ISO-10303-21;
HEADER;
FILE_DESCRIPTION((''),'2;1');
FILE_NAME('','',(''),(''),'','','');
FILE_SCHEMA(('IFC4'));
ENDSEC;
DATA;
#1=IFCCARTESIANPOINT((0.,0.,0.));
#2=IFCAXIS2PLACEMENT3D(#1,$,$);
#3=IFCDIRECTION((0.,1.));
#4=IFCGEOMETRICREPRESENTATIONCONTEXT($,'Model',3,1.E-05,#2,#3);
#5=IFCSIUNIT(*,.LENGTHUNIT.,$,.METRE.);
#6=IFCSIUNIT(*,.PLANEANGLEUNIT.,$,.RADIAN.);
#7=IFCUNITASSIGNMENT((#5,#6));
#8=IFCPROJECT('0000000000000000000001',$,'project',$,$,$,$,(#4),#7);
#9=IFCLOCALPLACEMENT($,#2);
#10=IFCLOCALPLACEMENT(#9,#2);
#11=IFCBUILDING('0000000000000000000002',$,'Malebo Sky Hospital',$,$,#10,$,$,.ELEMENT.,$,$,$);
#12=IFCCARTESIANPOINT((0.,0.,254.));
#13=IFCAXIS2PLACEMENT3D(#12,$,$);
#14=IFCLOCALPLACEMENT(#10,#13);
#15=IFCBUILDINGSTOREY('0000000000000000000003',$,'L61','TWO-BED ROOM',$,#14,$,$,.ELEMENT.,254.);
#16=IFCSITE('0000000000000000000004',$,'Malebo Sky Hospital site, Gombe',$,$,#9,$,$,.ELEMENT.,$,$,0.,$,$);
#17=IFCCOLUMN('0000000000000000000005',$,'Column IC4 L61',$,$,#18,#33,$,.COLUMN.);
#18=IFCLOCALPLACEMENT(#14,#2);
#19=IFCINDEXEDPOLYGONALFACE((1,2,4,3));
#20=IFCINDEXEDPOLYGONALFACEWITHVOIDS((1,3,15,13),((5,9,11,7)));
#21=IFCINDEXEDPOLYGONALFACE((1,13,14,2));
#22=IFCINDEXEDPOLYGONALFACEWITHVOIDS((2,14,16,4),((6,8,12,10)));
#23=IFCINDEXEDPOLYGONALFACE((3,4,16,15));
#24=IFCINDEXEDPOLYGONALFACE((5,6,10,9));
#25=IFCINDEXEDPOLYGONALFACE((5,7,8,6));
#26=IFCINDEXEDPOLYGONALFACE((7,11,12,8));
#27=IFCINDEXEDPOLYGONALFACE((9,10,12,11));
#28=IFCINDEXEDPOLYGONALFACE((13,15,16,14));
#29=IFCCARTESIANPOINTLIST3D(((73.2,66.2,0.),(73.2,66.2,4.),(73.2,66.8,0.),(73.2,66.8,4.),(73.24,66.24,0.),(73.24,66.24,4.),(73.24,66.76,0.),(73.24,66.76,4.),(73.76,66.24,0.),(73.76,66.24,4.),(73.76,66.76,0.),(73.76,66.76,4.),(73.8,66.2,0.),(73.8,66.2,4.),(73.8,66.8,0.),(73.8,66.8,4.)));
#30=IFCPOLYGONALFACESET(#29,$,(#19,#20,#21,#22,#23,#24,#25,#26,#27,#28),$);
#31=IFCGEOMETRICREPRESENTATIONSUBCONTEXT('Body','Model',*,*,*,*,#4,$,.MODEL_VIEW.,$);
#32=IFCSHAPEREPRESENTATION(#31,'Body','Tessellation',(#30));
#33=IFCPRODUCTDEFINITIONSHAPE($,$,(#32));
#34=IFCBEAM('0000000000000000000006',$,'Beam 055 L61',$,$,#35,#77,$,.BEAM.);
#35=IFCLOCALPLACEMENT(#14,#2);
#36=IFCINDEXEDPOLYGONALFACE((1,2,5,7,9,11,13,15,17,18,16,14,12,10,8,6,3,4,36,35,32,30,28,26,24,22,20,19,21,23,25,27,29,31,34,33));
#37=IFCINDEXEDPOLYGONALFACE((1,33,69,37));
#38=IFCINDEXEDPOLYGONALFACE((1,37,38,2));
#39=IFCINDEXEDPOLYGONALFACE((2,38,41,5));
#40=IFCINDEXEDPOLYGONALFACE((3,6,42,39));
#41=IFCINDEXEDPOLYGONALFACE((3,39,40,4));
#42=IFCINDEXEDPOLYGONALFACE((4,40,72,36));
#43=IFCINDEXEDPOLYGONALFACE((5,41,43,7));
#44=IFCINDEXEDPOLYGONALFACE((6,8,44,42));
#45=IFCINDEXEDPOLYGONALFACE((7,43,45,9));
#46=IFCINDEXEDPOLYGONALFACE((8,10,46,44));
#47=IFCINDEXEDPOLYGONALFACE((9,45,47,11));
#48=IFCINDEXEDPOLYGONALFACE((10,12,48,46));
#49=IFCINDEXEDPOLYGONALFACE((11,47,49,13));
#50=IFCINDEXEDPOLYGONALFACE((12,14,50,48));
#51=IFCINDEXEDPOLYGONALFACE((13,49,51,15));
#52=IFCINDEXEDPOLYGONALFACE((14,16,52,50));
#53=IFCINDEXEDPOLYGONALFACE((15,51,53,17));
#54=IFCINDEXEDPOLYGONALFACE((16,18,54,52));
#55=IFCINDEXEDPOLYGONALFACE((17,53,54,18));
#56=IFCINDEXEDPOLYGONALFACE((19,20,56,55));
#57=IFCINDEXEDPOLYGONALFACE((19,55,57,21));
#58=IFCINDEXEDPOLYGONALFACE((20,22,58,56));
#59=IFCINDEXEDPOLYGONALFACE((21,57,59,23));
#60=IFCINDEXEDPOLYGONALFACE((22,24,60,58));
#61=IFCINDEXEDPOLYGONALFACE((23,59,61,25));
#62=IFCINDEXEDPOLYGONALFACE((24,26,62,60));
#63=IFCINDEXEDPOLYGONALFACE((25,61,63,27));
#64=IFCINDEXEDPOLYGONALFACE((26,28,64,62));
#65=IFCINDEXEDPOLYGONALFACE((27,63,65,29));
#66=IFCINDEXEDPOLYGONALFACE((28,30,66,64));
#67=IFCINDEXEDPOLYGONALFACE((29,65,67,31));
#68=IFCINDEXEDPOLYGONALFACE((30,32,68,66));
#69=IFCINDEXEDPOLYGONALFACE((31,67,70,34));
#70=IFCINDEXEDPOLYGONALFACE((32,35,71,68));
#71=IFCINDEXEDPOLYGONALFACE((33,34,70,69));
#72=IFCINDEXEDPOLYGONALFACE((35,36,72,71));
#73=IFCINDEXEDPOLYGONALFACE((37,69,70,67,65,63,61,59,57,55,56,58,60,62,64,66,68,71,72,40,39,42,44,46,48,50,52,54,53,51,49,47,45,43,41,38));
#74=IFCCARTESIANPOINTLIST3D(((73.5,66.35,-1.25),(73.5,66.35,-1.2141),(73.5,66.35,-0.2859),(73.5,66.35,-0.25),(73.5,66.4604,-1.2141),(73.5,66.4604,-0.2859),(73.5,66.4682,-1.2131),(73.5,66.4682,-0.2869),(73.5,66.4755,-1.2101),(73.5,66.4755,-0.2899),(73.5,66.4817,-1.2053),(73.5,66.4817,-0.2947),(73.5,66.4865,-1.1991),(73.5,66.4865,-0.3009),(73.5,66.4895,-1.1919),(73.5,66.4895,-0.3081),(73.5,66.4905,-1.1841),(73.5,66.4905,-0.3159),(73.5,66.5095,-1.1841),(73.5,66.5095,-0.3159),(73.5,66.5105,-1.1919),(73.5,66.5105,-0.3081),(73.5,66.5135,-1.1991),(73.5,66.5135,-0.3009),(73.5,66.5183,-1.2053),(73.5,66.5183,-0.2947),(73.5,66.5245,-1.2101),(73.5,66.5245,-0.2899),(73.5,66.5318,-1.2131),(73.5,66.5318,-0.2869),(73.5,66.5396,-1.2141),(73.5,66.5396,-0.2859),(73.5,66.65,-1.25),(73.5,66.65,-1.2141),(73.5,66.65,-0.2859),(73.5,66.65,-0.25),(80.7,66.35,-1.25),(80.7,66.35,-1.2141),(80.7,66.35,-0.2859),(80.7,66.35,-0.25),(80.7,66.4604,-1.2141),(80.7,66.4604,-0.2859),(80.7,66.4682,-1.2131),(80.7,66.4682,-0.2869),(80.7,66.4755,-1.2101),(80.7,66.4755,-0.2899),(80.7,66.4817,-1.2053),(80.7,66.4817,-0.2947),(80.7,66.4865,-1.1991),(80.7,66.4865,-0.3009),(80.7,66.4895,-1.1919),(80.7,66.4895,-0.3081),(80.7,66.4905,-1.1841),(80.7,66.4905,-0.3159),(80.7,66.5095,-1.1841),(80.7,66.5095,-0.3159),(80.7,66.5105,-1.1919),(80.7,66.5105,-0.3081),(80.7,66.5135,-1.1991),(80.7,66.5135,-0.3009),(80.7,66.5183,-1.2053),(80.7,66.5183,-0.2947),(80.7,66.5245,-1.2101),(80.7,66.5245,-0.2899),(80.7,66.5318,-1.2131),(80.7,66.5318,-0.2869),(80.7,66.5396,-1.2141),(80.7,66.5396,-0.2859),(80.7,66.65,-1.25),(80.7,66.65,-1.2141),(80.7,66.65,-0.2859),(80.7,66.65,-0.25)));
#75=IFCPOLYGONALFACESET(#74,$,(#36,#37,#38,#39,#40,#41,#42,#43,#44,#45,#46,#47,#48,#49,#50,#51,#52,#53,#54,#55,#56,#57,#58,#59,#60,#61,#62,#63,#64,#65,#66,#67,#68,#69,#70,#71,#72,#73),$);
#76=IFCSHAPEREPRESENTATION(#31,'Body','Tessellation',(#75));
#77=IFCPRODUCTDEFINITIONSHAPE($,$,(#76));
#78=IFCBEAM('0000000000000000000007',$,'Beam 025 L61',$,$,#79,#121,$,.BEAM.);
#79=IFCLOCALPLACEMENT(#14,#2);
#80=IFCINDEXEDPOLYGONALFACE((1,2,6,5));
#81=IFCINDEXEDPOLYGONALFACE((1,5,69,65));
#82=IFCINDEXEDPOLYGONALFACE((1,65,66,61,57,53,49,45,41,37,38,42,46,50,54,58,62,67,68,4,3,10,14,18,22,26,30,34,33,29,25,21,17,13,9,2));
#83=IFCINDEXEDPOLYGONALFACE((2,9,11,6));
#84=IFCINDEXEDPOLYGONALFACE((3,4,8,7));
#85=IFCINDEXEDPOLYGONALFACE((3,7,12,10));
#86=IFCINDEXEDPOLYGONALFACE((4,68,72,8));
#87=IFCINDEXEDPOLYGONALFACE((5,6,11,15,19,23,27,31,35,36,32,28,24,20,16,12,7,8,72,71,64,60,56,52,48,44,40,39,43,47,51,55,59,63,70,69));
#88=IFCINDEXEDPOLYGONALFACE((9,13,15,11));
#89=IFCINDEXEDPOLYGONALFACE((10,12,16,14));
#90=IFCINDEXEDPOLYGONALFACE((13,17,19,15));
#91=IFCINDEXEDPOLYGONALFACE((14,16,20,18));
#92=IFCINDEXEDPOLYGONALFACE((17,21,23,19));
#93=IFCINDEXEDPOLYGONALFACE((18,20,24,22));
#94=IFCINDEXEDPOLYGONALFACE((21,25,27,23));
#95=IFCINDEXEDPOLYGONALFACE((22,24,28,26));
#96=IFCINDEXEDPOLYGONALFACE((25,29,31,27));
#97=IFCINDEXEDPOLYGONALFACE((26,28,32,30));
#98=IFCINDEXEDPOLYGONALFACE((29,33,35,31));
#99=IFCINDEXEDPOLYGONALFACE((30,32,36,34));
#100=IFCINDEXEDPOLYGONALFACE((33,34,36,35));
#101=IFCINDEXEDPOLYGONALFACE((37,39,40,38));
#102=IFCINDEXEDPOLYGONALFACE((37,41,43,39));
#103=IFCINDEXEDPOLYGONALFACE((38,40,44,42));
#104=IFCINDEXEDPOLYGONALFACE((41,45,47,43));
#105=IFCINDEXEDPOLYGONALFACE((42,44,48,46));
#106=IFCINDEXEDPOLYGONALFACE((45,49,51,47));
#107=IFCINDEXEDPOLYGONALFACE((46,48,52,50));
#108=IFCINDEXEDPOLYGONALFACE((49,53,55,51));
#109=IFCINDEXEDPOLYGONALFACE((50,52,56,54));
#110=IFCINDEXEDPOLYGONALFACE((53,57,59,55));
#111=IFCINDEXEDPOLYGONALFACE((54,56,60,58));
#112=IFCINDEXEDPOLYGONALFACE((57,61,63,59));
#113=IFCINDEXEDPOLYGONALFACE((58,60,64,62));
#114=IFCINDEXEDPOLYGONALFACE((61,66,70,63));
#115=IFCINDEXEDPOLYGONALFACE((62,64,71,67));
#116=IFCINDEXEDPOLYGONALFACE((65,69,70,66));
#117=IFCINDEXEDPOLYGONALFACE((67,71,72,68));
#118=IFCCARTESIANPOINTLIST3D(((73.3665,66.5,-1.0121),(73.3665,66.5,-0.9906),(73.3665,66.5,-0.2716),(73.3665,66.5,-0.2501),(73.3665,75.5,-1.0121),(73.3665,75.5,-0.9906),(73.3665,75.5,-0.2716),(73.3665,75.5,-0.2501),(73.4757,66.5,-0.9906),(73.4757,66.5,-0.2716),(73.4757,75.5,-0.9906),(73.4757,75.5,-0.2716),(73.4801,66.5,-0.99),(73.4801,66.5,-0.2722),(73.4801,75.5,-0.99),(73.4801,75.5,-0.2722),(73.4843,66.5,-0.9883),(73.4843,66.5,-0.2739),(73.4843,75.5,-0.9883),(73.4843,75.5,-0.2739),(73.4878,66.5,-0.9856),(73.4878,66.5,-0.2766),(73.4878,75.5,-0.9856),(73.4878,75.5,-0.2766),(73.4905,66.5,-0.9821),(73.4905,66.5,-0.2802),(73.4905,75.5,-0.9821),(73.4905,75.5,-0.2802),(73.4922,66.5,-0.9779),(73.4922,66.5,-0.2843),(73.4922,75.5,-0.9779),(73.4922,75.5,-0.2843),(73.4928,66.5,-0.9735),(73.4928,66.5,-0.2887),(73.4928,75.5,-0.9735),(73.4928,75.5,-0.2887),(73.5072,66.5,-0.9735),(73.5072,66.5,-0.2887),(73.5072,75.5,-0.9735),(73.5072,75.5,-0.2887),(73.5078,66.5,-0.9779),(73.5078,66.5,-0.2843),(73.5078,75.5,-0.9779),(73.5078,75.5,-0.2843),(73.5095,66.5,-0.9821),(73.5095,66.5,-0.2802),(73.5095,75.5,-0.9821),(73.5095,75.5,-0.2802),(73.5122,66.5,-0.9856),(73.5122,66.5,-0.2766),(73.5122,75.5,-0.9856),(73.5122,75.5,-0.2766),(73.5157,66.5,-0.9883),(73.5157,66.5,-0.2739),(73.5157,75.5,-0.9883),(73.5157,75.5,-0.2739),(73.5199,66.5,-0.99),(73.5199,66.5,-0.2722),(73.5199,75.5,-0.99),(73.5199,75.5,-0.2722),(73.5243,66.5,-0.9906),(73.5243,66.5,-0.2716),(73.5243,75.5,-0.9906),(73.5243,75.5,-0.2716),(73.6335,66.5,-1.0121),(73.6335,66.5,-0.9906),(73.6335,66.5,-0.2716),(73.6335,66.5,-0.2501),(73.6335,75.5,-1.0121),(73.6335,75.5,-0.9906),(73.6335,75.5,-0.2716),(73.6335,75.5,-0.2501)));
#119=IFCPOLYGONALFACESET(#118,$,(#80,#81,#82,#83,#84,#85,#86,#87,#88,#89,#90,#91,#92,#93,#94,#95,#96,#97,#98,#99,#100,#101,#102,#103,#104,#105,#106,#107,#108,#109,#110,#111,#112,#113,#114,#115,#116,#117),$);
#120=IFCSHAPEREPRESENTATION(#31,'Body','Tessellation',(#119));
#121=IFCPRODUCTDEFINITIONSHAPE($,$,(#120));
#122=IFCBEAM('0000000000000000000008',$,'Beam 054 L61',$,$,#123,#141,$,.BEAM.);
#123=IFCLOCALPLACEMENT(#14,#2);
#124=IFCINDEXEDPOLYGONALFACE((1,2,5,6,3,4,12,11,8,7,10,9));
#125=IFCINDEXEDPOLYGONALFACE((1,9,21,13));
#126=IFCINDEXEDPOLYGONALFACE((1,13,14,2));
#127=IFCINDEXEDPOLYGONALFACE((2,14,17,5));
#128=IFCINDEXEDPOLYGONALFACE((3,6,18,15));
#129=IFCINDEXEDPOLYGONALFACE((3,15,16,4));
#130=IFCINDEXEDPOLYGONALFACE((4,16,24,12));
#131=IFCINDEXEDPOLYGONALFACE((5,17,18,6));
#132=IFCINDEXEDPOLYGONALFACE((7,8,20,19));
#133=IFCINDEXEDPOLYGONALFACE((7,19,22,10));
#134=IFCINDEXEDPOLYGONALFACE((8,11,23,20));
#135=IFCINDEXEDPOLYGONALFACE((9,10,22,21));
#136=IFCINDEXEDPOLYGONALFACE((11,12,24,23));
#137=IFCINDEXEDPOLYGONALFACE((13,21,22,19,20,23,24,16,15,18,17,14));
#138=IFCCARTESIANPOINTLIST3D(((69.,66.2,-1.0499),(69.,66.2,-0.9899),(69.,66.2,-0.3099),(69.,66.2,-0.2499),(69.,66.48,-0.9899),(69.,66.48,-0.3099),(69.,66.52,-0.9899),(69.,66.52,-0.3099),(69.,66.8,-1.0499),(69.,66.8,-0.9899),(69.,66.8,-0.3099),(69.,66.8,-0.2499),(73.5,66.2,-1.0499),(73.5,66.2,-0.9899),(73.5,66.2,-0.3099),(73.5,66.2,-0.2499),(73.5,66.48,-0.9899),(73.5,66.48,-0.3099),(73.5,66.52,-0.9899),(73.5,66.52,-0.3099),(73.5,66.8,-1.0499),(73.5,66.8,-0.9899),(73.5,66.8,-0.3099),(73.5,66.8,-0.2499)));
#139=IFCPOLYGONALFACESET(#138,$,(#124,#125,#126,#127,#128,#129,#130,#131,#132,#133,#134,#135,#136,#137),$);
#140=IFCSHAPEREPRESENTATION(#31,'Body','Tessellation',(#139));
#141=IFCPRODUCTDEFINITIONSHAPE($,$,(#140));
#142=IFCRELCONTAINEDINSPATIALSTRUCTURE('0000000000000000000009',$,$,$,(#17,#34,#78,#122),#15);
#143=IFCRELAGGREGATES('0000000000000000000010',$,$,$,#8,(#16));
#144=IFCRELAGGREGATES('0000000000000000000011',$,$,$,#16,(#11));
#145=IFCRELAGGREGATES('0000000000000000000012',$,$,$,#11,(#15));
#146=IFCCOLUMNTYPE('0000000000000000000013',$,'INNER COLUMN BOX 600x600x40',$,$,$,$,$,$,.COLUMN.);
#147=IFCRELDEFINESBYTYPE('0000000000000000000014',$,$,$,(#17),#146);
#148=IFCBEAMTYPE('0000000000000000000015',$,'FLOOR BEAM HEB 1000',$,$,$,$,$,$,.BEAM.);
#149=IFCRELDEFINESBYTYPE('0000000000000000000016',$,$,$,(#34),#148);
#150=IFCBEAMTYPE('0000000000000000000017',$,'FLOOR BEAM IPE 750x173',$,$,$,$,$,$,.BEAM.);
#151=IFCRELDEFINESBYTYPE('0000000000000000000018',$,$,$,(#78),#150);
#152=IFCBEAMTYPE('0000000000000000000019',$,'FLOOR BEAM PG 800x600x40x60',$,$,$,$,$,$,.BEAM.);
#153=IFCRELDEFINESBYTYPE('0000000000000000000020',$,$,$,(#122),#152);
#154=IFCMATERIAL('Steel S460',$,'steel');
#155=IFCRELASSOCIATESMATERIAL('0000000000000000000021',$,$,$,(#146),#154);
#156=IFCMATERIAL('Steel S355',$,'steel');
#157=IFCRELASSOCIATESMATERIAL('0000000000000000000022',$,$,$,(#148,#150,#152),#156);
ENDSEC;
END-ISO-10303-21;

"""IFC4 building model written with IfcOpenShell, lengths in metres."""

from ifc_helpers import new_model, si_unit, direction, frame, origin, origin_2d, place, context, subcontext, project, spatial, hollow_rectangle, i_section, extrude, material, material_profile, profile_set, type_object, element, save


model = new_model("IFC4")

# Units and contexts
model_context = context("Model", 3, precision=1e-05, world=origin(), true_north=direction((0.0, 1.0)))
body_context = subcontext(model_context, "Body", "Model", "MODEL_VIEW")
ifc_project = project(units=[si_unit("LENGTHUNIT", "METRE"), si_unit("PLANEANGLEUNIT", "RADIAN")], contexts=[model_context])

# Site, building, storey
site_placement = place(None, origin())
site = spatial("IfcSite", under=ifc_project, at=site_placement, Name="Malebo Sky Hospital site, Gombe", CompositionType="ELEMENT", RefElevation=0.0)
building_placement = place(site_placement, origin())
building = spatial("IfcBuilding", under=site, at=building_placement, Name="Malebo Sky Hospital", CompositionType="ELEMENT")
storey_placement = place(building_placement, frame((0.0, 0.0, 254.0)))
storey = spatial("IfcBuildingStorey", under=building, at=storey_placement, Name="L61", Description="TWO-BED ROOM", CompositionType="ELEMENT", Elevation=254.0)

# Column
ifc_material_1 = material(Name="Steel S460", Category="steel")
ifc_material_profile_1 = material_profile(ifc_material_1, hollow_rectangle(XDim=0.6001, YDim=0.6001, WallThickness=0.04, at=origin_2d()), Name="BOX 600x600x40")
ifc_profile_set_1 = profile_set([ifc_material_profile_1], Name="Steel S460")
column_type = type_object("IfcColumnType", Name="INNER COLUMN BOX 600x600x40", PredefinedType="COLUMN", material=ifc_profile_set_1)
column_placement = place(storey_placement, frame((73.5, 66.5, 0.0), z_axis=(0.0, 0.0, 1.0), x_axis=(1.0, 0.0, 0.0)))
element("IfcColumn", 1, at=column_placement, inside=storey, type_object=column_type, Name="Column IC4 L61", PredefinedType="COLUMN", context=body_context, shape_type="SweptSolid", body=[
    extrude(hollow_rectangle(XDim=0.6001, YDim=0.6001, WallThickness=0.04, at=origin_2d()), origin(), (0.0, 0.0, 1.0), 4.0),
])

# Beams
ifc_material_2 = material(Name="Steel S355", Category="steel")
ifc_material_profile_2 = material_profile(ifc_material_2, i_section(OverallWidth=0.3, OverallDepth=1.0, WebThickness=0.019, FlangeThickness=0.0359, FilletRadius=0.03, at=origin_2d()), Name="HEB 1000")
ifc_profile_set_2 = profile_set([ifc_material_profile_2], Name="Steel S355")
beam_type_1 = type_object("IfcBeamType", Name="FLOOR BEAM HEB 1000", PredefinedType="BEAM", material=ifc_profile_set_2)
beam_1_placement = place(storey_placement, frame((73.5, 66.5, -0.75), z_axis=(1.0, 0.0, 0.0), x_axis=(0.0, 1.0, 0.0)))
element("IfcBeam", 2, at=beam_1_placement, inside=storey, type_object=beam_type_1, Name="Beam 055 L61", PredefinedType="BEAM", context=body_context, shape_type="SweptSolid", body=[
    extrude(i_section(OverallWidth=0.3, OverallDepth=1.0, WebThickness=0.019, FlangeThickness=0.0359, FilletRadius=0.03, at=origin_2d()), origin(), (0.0, 0.0, 1.0), 7.2),
])
ifc_material_profile_3 = material_profile(ifc_material_2, i_section(OverallWidth=0.2671, OverallDepth=0.762, WebThickness=0.0144, FlangeThickness=0.0215, FilletRadius=0.0171, at=origin_2d()), Name="IPE 750x173")
ifc_profile_set_3 = profile_set([ifc_material_profile_3], Name="Steel S355")
beam_type_2 = type_object("IfcBeamType", Name="FLOOR BEAM IPE 750x173", PredefinedType="BEAM", material=ifc_profile_set_3)
beam_2_placement = place(storey_placement, frame((73.5, 66.5, -0.6311), z_axis=(0.0, 1.0, 0.0), x_axis=(-1.0, 0.0, 0.0)))
element("IfcBeam", 3, at=beam_2_placement, inside=storey, type_object=beam_type_2, Name="Beam 025 L61", PredefinedType="BEAM", context=body_context, shape_type="SweptSolid", body=[
    extrude(i_section(OverallWidth=0.2671, OverallDepth=0.762, WebThickness=0.0144, FlangeThickness=0.0215, FilletRadius=0.0171, at=origin_2d()), origin(), (0.0, 0.0, 1.0), 9.0),
])
ifc_material_profile_4 = material_profile(ifc_material_2, i_section(OverallWidth=0.6001, OverallDepth=0.8, WebThickness=0.04, FlangeThickness=0.0601, at=origin_2d()), Name="PG 800x600x40x60")
ifc_profile_set_4 = profile_set([ifc_material_profile_4], Name="Steel S355")
beam_type_3 = type_object("IfcBeamType", Name="FLOOR BEAM PG 800x600x40x60", PredefinedType="BEAM", material=ifc_profile_set_4)
beam_3_placement = place(storey_placement, frame((69.0, 66.5, -0.6499), z_axis=(1.0, 0.0, 0.0), x_axis=(0.0, 1.0, 0.0)))
element("IfcBeam", 4, at=beam_3_placement, inside=storey, type_object=beam_type_3, Name="Beam 054 L61", PredefinedType="BEAM", context=body_context, shape_type="SweptSolid", body=[
    extrude(i_section(OverallWidth=0.6001, OverallDepth=0.8, WebThickness=0.04, FlangeThickness=0.0601, at=origin_2d()), origin(), (0.0, 0.0, 1.0), 4.5),
])

save(model, "model.ifc")
